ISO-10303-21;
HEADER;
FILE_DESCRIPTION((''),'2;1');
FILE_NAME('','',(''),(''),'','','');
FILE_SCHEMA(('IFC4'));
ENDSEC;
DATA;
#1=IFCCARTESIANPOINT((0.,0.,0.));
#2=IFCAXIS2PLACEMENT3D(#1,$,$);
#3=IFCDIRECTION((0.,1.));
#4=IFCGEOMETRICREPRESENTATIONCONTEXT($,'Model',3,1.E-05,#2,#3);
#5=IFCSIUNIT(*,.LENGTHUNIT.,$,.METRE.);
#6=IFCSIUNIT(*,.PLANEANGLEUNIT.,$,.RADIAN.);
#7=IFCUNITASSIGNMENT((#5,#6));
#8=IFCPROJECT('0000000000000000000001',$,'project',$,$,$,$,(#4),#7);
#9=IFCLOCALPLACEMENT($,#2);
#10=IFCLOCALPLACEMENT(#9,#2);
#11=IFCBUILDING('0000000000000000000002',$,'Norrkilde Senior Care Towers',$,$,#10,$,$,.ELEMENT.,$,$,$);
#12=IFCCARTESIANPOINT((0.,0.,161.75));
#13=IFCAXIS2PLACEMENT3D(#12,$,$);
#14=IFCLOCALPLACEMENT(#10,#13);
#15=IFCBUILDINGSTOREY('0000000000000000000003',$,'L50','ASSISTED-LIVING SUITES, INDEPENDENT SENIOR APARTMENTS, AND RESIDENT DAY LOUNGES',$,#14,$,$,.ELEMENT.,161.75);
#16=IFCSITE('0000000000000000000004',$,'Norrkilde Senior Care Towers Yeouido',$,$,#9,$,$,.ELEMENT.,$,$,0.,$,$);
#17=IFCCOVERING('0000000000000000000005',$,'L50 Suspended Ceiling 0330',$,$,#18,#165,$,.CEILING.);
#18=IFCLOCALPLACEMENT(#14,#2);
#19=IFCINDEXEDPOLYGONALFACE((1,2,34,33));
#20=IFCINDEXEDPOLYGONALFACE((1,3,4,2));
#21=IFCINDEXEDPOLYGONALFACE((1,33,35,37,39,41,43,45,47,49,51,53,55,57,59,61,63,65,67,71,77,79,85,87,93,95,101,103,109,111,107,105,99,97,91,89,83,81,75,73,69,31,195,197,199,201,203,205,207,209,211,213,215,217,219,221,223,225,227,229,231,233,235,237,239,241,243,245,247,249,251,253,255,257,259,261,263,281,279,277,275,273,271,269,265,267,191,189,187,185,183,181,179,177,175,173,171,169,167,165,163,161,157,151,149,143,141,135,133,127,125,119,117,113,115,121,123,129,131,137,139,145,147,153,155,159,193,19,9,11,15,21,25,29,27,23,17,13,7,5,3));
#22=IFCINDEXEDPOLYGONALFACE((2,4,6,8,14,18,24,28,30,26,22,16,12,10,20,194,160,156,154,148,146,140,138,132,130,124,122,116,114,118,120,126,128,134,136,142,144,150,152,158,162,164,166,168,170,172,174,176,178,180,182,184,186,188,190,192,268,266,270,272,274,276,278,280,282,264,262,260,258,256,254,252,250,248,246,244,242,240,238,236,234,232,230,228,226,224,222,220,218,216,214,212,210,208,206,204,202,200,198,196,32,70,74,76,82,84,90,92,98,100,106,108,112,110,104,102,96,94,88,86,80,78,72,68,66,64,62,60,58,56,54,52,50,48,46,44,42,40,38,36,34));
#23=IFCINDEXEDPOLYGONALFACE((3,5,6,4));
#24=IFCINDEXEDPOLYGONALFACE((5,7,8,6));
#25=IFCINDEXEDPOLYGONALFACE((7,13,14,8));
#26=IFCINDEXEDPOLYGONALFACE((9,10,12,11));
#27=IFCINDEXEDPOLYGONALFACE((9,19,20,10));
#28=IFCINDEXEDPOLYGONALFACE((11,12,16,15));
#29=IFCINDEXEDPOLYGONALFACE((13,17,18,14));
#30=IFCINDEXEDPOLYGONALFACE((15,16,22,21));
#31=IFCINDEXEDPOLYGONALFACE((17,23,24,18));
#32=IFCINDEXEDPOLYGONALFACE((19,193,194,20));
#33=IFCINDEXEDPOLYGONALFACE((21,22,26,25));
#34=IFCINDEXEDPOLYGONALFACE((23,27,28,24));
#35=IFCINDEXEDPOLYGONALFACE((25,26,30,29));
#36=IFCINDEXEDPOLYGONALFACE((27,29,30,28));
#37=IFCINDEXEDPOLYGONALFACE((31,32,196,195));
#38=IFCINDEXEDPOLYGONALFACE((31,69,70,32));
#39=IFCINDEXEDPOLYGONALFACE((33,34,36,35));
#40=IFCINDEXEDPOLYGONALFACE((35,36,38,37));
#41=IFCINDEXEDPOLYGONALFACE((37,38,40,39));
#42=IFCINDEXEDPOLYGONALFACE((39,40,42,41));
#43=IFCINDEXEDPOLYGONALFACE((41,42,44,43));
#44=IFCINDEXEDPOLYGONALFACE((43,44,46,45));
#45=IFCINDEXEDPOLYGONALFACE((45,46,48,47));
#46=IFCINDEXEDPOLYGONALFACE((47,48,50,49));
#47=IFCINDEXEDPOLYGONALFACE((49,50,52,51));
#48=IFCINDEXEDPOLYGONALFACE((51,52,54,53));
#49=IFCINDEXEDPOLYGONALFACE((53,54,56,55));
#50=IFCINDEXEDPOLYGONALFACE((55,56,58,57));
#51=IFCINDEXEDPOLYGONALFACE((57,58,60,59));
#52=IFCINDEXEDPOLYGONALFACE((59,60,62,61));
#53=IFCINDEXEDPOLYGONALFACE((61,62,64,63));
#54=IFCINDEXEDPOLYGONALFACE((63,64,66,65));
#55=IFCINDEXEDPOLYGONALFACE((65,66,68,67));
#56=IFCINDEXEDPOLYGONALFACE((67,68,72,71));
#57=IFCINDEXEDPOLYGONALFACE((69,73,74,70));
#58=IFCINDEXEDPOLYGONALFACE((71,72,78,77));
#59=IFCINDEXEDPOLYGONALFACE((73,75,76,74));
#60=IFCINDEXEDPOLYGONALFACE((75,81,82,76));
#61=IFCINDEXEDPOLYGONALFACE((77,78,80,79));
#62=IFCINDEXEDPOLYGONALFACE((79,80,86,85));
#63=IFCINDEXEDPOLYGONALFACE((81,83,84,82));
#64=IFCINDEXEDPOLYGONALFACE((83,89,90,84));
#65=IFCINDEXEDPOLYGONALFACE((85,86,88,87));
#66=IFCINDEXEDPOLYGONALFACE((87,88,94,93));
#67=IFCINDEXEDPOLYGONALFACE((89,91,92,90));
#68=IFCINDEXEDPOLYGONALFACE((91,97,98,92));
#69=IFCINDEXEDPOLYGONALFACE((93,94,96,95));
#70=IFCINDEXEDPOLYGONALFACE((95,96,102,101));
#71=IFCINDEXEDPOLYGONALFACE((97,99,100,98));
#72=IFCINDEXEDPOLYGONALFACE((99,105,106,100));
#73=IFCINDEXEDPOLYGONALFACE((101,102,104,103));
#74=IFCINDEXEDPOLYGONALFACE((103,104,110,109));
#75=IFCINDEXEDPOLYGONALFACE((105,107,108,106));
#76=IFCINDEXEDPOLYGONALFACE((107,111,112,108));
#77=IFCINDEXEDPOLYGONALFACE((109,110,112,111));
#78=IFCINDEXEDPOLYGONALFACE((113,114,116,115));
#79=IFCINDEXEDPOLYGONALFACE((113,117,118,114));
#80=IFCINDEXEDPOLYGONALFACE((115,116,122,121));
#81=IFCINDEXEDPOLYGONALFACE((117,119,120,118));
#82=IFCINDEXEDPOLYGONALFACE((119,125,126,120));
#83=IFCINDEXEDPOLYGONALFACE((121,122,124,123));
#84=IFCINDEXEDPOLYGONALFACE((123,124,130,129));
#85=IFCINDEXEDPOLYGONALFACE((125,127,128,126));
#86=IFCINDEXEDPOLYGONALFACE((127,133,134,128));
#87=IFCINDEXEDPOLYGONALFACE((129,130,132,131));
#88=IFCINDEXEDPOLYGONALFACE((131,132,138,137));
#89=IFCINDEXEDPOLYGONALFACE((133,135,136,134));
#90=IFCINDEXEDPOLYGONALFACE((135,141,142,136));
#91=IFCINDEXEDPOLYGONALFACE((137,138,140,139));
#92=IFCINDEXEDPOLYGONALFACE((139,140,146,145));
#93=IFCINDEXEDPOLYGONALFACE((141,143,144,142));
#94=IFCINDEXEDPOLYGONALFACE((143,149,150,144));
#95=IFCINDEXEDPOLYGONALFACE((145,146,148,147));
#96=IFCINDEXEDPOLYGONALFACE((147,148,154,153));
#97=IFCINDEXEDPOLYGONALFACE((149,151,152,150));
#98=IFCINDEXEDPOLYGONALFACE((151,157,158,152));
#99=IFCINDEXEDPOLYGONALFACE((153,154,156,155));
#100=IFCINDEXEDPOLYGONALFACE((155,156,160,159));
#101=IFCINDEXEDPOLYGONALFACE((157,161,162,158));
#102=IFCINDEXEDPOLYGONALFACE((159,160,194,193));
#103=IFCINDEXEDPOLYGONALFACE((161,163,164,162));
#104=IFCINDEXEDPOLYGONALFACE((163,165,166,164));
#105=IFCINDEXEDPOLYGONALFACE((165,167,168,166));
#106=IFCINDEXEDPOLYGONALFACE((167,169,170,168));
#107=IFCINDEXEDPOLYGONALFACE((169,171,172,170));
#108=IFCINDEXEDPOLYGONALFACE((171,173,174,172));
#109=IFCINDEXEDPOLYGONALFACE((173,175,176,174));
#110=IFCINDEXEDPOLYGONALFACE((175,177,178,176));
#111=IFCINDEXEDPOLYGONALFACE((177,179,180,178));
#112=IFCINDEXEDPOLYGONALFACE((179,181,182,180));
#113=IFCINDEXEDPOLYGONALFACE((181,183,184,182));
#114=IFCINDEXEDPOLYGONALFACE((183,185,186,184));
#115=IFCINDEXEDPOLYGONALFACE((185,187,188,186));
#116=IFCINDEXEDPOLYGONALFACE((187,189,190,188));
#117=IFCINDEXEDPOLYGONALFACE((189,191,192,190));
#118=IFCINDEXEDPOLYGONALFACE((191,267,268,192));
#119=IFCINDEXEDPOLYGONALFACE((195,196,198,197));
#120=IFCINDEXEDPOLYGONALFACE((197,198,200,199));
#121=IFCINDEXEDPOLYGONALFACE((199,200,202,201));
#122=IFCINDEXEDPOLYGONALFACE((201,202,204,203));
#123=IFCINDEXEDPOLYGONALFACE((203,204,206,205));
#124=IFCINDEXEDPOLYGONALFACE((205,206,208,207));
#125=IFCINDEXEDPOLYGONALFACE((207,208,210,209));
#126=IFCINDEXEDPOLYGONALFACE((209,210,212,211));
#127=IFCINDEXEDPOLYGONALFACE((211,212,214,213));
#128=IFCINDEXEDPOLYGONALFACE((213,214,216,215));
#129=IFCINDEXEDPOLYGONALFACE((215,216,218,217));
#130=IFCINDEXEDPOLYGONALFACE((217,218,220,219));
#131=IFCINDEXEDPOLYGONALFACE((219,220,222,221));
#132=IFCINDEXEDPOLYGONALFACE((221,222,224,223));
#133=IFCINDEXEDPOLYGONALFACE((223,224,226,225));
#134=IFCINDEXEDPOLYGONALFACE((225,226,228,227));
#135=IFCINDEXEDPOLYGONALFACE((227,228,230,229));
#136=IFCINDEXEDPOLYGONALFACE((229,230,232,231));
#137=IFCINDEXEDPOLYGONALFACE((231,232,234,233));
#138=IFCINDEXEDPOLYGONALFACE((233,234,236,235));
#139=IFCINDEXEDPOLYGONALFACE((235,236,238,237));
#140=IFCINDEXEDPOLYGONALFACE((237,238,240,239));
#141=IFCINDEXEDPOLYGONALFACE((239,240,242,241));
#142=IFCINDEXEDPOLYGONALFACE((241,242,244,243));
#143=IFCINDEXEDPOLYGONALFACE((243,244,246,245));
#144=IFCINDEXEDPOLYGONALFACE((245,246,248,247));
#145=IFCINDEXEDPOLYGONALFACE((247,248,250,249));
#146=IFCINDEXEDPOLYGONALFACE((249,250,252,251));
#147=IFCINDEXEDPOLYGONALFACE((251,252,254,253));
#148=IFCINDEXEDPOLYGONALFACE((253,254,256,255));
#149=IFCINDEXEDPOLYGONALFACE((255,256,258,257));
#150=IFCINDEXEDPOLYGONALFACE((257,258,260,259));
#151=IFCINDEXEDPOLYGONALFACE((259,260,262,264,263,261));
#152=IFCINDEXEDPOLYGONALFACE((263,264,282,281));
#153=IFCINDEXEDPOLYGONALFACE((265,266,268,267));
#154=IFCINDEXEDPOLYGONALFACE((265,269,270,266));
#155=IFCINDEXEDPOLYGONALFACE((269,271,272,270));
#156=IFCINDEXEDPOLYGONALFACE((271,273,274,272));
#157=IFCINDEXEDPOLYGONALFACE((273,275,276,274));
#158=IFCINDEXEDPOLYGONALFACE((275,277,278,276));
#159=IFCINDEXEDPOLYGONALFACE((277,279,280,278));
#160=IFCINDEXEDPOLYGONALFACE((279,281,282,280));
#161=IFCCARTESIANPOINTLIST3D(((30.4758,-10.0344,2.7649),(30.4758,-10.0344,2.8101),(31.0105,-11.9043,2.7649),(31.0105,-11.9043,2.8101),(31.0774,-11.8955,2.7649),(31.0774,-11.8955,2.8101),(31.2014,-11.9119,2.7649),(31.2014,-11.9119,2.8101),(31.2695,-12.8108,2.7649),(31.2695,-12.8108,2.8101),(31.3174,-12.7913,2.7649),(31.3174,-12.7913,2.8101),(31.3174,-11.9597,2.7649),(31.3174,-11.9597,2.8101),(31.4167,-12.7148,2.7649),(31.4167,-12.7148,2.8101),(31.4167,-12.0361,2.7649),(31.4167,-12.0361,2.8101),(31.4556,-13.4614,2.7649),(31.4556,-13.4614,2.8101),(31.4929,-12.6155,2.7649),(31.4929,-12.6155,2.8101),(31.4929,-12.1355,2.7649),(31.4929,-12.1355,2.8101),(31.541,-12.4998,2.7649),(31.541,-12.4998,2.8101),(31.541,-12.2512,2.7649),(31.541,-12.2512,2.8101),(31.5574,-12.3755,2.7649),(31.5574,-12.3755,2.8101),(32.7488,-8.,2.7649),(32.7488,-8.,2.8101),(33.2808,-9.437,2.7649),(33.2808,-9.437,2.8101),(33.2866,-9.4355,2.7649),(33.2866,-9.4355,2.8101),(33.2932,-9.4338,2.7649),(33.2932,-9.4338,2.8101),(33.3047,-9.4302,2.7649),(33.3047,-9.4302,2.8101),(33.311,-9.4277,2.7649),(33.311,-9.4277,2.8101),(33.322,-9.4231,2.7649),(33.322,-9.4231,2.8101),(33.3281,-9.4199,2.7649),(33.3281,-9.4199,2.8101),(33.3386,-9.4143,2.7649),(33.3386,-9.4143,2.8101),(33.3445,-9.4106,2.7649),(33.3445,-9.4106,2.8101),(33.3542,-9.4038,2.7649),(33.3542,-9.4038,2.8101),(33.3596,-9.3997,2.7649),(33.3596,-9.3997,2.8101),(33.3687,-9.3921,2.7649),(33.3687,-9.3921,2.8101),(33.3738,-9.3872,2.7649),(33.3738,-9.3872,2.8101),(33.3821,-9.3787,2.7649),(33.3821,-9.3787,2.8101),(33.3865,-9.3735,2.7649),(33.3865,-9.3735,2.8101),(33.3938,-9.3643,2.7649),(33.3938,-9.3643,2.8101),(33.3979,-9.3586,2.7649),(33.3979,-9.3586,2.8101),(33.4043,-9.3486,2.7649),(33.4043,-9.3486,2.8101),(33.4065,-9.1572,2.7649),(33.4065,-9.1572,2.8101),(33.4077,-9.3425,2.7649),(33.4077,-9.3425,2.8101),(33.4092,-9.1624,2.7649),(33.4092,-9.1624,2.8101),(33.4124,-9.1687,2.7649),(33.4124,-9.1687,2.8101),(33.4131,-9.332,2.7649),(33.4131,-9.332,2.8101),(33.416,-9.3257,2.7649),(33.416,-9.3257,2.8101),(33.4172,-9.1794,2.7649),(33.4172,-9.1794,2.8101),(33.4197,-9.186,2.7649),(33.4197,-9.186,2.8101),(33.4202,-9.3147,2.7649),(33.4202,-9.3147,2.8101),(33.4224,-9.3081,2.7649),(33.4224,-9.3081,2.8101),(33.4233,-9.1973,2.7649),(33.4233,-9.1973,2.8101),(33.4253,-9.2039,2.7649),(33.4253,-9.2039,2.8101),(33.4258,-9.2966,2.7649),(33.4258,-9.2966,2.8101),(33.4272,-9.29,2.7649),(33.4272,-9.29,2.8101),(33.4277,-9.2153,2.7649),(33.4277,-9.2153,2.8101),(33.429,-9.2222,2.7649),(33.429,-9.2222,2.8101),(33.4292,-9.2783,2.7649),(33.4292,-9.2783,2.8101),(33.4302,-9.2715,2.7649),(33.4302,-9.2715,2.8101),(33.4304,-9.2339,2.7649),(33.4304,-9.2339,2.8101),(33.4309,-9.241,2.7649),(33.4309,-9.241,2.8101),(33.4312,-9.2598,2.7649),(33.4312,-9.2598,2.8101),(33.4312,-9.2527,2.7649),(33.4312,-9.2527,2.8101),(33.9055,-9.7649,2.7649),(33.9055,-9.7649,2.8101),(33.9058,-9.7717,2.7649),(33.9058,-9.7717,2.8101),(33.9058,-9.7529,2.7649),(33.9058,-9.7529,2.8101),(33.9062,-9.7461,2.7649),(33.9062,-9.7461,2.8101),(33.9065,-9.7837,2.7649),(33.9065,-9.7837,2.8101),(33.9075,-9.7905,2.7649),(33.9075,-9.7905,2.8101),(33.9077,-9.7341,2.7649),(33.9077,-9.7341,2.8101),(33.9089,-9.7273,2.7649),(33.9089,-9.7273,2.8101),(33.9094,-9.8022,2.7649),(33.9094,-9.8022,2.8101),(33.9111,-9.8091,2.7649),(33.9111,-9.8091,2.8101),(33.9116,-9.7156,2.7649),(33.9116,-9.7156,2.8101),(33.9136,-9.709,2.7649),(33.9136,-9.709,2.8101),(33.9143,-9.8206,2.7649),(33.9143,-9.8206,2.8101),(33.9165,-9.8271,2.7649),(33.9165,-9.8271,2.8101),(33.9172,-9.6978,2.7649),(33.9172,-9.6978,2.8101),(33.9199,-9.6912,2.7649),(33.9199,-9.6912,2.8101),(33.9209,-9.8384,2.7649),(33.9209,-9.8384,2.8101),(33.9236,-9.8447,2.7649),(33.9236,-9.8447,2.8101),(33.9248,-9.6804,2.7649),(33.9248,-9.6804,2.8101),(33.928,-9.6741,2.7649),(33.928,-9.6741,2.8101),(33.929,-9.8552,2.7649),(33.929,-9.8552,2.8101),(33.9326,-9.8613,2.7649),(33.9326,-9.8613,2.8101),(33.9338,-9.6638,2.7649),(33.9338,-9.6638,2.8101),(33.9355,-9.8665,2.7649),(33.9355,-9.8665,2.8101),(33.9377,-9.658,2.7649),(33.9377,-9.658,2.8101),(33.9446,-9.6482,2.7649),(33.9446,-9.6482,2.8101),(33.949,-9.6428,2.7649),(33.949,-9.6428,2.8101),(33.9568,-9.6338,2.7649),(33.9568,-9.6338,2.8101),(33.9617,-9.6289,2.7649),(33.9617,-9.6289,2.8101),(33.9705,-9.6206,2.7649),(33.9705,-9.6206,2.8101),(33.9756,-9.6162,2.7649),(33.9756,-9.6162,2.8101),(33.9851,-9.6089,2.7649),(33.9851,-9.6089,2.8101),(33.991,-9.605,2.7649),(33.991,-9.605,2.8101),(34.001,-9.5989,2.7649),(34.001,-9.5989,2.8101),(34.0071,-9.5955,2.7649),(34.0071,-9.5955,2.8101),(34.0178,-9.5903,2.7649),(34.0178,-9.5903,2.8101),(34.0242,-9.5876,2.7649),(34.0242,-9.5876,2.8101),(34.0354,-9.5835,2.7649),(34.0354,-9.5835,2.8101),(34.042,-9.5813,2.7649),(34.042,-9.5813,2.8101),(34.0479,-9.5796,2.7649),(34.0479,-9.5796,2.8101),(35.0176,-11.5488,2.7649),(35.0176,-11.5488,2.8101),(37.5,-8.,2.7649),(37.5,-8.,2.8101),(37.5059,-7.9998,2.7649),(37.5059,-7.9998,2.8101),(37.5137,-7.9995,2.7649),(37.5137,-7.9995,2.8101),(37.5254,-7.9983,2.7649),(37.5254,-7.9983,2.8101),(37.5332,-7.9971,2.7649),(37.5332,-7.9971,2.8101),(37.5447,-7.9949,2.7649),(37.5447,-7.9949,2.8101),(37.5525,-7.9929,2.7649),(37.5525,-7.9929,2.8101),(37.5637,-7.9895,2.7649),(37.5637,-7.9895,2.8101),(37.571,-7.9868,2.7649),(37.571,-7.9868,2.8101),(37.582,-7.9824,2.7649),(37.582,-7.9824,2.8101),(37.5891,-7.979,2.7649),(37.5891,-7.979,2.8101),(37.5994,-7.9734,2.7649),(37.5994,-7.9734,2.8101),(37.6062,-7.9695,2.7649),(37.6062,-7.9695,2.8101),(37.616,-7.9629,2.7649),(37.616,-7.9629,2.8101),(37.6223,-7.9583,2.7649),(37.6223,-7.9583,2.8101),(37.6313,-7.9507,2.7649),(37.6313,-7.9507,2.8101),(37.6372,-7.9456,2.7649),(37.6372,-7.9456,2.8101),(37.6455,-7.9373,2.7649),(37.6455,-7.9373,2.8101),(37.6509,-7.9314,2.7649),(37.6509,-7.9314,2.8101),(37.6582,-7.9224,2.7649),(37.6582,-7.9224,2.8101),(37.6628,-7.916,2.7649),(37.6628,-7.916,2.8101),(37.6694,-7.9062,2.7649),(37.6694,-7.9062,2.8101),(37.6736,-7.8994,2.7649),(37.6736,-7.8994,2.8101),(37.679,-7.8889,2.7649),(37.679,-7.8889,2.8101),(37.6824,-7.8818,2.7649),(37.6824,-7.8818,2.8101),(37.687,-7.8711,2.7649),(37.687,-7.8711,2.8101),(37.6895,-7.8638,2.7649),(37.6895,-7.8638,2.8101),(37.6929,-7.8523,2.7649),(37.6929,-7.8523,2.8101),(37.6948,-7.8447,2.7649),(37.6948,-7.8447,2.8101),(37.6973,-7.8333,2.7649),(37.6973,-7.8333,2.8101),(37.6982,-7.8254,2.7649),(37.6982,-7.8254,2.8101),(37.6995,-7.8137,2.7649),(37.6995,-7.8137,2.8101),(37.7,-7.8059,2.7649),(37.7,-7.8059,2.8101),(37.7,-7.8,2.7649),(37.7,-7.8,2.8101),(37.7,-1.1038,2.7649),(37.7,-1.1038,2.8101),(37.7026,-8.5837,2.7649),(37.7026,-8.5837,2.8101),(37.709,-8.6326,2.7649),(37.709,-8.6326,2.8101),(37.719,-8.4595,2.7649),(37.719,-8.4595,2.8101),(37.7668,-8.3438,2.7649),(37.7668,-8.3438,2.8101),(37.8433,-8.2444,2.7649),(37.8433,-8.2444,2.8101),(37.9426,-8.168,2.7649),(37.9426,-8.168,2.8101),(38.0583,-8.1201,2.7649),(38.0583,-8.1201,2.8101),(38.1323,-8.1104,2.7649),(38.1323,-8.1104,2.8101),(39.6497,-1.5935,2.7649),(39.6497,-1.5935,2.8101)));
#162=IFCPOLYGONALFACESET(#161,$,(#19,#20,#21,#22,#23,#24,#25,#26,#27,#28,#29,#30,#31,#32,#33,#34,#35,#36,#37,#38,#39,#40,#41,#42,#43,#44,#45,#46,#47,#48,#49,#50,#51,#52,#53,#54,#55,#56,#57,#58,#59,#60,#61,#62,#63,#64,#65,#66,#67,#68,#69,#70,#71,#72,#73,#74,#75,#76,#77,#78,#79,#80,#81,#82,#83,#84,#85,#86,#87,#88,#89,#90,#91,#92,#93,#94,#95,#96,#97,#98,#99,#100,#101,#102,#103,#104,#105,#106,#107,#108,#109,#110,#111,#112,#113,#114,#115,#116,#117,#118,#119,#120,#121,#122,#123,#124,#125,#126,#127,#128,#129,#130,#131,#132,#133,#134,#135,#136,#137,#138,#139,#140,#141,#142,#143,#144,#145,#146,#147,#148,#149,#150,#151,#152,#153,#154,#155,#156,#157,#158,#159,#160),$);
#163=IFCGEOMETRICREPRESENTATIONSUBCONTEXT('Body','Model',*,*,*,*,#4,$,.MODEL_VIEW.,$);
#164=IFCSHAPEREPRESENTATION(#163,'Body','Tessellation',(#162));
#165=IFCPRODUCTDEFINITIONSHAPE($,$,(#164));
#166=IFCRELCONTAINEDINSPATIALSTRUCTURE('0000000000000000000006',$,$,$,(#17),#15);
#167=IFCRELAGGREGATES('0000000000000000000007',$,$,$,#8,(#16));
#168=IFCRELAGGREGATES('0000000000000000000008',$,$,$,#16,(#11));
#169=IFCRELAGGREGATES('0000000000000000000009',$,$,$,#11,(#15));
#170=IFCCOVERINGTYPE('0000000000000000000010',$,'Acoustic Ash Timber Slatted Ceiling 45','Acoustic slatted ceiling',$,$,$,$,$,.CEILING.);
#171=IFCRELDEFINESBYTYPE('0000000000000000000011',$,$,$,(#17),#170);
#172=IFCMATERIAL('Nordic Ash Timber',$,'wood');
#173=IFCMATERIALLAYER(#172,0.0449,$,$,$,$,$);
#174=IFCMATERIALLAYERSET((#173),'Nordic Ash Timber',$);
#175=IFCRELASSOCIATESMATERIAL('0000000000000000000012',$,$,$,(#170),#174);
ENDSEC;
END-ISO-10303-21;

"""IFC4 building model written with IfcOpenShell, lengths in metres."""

from ifc_helpers import new_model, si_unit, direction, frame, origin, place, context, subcontext, project, spatial, polyline, outline, extrude, material, layer, layer_set, type_object, element, save


model = new_model("IFC4")

# Units and contexts
model_context = context("Model", 3, precision=1e-05, world=origin(), true_north=direction((0.0, 1.0)))
body_context = subcontext(model_context, "Body", "Model", "MODEL_VIEW")
ifc_project = project(units=[si_unit("LENGTHUNIT", "METRE"), si_unit("PLANEANGLEUNIT", "RADIAN")], contexts=[model_context])

# Site, building, storey
site_placement = place(None, origin())
site = spatial("IfcSite", under=ifc_project, at=site_placement, Name="Norrkilde Senior Care Towers Yeouido", CompositionType="ELEMENT", RefElevation=0.0)
building_placement = place(site_placement, origin())
building = spatial("IfcBuilding", under=site, at=building_placement, Name="Norrkilde Senior Care Towers", CompositionType="ELEMENT")
storey_placement = place(building_placement, frame((0.0, 0.0, 161.75)))
storey = spatial("IfcBuildingStorey", under=building, at=storey_placement, Name="L50", Description="ASSISTED-LIVING SUITES, INDEPENDENT SENIOR APARTMENTS, AND RESIDENT DAY LOUNGES", CompositionType="ELEMENT", Elevation=161.75)

# Shared definitions
ifc_material_1 = material(Name="Nordic Ash Timber", Category="wood")

# Covering
ifc_layer_1 = layer(ifc_material_1, 0.0449)
ifc_layer_set_1 = layer_set([ifc_layer_1], Name="Nordic Ash Timber")
covering_type_1 = type_object("IfcCoveringType", Name="Acoustic Ash Timber Slatted Ceiling 45", Description="Acoustic slatted ceiling", PredefinedType="CEILING", material=ifc_layer_set_1)
covering_1_placement = place(storey_placement, frame((0.0, 0.0, 2.7649)))
element("IfcCovering", 1, at=covering_1_placement, inside=storey, type_object=covering_type_1, Name="L50 Suspended Ceiling 0330", PredefinedType="CEILING", context=body_context, shape_type="SweptSolid", body=[
    extrude(outline(polyline([(33.3281, -9.4199), (33.3386, -9.4143), (33.3445, -9.4106), (33.3542, -9.4038), (33.3596, -9.3997), (33.3687, -9.3921), (33.3738, -9.3872), (33.3821, -9.3787), (33.3865, -9.3735), (33.3938, -9.3643), (33.3979, -9.3586), (33.4043, -9.3486), (33.4077, -9.3425), (33.4131, -9.332), (33.416, -9.3257), (33.4202, -9.3147), (33.4224, -9.3081), (33.4258, -9.2966), (33.4272, -9.29), (33.4292, -9.2783), (33.4302, -9.2715), (33.4312, -9.2598), (33.4312, -9.2527), (33.4309, -9.241), (33.4304, -9.2339), (33.429, -9.2222), (33.4277, -9.2153), (33.4253, -9.2039), (33.4233, -9.1973), (33.4197, -9.186), (33.4172, -9.1794), (33.4124, -9.1687), (33.4092, -9.1624), (33.4065, -9.1572), (32.7488, -8.0), (37.5, -8.0), (37.5059, -7.9998), (37.5137, -7.9995), (37.5254, -7.9983), (37.5332, -7.9971), (37.5447, -7.9949), (37.5525, -7.9929), (37.5637, -7.9895), (37.571, -7.9868), (37.582, -7.9824), (37.5891, -7.979), (37.5994, -7.9734), (37.6062, -7.9695), (37.616, -7.9629), (37.6223, -7.9583), (37.6313, -7.9507), (37.6372, -7.9456), (37.6455, -7.9373), (37.6509, -7.9314), (37.6582, -7.9224), (37.6628, -7.916), (37.6694, -7.9062), (37.6736, -7.8994), (37.679, -7.8889), (37.6824, -7.8818), (37.687, -7.8711), (37.6895, -7.8638), (37.6929, -7.8523), (37.6948, -7.8447), (37.6973, -7.8333), (37.6982, -7.8254), (37.6995, -7.8137), (37.7, -7.8059), (37.7, -7.8), (37.7, -1.1038), (39.6497, -1.5935), (38.1323, -8.1104), (38.0583, -8.1201), (37.9426, -8.168), (37.8433, -8.2444), (37.7668, -8.3438), (37.719, -8.4595), (37.7026, -8.5837), (37.709, -8.6326), (34.0479, -9.5796), (34.042, -9.5813), (34.0354, -9.5835), (34.0242, -9.5876), (34.0178, -9.5903), (34.0071, -9.5955), (34.001, -9.5989), (33.991, -9.605), (33.9851, -9.6089), (33.9756, -9.6162), (33.9705, -9.6206), (33.9617, -9.6289), (33.9568, -9.6338), (33.949, -9.6428), (33.9446, -9.6482), (33.9377, -9.658), (33.9338, -9.6638), (33.928, -9.6741), (33.9248, -9.6804), (33.9199, -9.6912), (33.9172, -9.6978), (33.9136, -9.709), (33.9116, -9.7156), (33.9089, -9.7273), (33.9077, -9.7341), (33.9062, -9.7461), (33.9058, -9.7529), (33.9055, -9.7649), (33.9058, -9.7717), (33.9065, -9.7837), (33.9075, -9.7905), (33.9094, -9.8022), (33.9111, -9.8091), (33.9143, -9.8206), (33.9165, -9.8271), (33.9209, -9.8384), (33.9236, -9.8447), (33.929, -9.8552), (33.9326, -9.8613), (33.9355, -9.8665), (35.0176, -11.5488), (31.4556, -13.4614), (31.2695, -12.8108), (31.3174, -12.7913), (31.4167, -12.7148), (31.4929, -12.6155), (31.541, -12.4998), (31.5574, -12.3755), (31.541, -12.2512), (31.4929, -12.1355), (31.4167, -12.0361), (31.3174, -11.9597), (31.2014, -11.9119), (31.0774, -11.8955), (31.0105, -11.9043), (30.4758, -10.0344), (33.2808, -9.437), (33.2866, -9.4355), (33.2932, -9.4338), (33.3047, -9.4302), (33.311, -9.4277), (33.322, -9.4231), (33.3281, -9.4199)])), origin(), (0.0, 0.0, 1.0), 0.0452),
])

save(model, "model.ifc")
